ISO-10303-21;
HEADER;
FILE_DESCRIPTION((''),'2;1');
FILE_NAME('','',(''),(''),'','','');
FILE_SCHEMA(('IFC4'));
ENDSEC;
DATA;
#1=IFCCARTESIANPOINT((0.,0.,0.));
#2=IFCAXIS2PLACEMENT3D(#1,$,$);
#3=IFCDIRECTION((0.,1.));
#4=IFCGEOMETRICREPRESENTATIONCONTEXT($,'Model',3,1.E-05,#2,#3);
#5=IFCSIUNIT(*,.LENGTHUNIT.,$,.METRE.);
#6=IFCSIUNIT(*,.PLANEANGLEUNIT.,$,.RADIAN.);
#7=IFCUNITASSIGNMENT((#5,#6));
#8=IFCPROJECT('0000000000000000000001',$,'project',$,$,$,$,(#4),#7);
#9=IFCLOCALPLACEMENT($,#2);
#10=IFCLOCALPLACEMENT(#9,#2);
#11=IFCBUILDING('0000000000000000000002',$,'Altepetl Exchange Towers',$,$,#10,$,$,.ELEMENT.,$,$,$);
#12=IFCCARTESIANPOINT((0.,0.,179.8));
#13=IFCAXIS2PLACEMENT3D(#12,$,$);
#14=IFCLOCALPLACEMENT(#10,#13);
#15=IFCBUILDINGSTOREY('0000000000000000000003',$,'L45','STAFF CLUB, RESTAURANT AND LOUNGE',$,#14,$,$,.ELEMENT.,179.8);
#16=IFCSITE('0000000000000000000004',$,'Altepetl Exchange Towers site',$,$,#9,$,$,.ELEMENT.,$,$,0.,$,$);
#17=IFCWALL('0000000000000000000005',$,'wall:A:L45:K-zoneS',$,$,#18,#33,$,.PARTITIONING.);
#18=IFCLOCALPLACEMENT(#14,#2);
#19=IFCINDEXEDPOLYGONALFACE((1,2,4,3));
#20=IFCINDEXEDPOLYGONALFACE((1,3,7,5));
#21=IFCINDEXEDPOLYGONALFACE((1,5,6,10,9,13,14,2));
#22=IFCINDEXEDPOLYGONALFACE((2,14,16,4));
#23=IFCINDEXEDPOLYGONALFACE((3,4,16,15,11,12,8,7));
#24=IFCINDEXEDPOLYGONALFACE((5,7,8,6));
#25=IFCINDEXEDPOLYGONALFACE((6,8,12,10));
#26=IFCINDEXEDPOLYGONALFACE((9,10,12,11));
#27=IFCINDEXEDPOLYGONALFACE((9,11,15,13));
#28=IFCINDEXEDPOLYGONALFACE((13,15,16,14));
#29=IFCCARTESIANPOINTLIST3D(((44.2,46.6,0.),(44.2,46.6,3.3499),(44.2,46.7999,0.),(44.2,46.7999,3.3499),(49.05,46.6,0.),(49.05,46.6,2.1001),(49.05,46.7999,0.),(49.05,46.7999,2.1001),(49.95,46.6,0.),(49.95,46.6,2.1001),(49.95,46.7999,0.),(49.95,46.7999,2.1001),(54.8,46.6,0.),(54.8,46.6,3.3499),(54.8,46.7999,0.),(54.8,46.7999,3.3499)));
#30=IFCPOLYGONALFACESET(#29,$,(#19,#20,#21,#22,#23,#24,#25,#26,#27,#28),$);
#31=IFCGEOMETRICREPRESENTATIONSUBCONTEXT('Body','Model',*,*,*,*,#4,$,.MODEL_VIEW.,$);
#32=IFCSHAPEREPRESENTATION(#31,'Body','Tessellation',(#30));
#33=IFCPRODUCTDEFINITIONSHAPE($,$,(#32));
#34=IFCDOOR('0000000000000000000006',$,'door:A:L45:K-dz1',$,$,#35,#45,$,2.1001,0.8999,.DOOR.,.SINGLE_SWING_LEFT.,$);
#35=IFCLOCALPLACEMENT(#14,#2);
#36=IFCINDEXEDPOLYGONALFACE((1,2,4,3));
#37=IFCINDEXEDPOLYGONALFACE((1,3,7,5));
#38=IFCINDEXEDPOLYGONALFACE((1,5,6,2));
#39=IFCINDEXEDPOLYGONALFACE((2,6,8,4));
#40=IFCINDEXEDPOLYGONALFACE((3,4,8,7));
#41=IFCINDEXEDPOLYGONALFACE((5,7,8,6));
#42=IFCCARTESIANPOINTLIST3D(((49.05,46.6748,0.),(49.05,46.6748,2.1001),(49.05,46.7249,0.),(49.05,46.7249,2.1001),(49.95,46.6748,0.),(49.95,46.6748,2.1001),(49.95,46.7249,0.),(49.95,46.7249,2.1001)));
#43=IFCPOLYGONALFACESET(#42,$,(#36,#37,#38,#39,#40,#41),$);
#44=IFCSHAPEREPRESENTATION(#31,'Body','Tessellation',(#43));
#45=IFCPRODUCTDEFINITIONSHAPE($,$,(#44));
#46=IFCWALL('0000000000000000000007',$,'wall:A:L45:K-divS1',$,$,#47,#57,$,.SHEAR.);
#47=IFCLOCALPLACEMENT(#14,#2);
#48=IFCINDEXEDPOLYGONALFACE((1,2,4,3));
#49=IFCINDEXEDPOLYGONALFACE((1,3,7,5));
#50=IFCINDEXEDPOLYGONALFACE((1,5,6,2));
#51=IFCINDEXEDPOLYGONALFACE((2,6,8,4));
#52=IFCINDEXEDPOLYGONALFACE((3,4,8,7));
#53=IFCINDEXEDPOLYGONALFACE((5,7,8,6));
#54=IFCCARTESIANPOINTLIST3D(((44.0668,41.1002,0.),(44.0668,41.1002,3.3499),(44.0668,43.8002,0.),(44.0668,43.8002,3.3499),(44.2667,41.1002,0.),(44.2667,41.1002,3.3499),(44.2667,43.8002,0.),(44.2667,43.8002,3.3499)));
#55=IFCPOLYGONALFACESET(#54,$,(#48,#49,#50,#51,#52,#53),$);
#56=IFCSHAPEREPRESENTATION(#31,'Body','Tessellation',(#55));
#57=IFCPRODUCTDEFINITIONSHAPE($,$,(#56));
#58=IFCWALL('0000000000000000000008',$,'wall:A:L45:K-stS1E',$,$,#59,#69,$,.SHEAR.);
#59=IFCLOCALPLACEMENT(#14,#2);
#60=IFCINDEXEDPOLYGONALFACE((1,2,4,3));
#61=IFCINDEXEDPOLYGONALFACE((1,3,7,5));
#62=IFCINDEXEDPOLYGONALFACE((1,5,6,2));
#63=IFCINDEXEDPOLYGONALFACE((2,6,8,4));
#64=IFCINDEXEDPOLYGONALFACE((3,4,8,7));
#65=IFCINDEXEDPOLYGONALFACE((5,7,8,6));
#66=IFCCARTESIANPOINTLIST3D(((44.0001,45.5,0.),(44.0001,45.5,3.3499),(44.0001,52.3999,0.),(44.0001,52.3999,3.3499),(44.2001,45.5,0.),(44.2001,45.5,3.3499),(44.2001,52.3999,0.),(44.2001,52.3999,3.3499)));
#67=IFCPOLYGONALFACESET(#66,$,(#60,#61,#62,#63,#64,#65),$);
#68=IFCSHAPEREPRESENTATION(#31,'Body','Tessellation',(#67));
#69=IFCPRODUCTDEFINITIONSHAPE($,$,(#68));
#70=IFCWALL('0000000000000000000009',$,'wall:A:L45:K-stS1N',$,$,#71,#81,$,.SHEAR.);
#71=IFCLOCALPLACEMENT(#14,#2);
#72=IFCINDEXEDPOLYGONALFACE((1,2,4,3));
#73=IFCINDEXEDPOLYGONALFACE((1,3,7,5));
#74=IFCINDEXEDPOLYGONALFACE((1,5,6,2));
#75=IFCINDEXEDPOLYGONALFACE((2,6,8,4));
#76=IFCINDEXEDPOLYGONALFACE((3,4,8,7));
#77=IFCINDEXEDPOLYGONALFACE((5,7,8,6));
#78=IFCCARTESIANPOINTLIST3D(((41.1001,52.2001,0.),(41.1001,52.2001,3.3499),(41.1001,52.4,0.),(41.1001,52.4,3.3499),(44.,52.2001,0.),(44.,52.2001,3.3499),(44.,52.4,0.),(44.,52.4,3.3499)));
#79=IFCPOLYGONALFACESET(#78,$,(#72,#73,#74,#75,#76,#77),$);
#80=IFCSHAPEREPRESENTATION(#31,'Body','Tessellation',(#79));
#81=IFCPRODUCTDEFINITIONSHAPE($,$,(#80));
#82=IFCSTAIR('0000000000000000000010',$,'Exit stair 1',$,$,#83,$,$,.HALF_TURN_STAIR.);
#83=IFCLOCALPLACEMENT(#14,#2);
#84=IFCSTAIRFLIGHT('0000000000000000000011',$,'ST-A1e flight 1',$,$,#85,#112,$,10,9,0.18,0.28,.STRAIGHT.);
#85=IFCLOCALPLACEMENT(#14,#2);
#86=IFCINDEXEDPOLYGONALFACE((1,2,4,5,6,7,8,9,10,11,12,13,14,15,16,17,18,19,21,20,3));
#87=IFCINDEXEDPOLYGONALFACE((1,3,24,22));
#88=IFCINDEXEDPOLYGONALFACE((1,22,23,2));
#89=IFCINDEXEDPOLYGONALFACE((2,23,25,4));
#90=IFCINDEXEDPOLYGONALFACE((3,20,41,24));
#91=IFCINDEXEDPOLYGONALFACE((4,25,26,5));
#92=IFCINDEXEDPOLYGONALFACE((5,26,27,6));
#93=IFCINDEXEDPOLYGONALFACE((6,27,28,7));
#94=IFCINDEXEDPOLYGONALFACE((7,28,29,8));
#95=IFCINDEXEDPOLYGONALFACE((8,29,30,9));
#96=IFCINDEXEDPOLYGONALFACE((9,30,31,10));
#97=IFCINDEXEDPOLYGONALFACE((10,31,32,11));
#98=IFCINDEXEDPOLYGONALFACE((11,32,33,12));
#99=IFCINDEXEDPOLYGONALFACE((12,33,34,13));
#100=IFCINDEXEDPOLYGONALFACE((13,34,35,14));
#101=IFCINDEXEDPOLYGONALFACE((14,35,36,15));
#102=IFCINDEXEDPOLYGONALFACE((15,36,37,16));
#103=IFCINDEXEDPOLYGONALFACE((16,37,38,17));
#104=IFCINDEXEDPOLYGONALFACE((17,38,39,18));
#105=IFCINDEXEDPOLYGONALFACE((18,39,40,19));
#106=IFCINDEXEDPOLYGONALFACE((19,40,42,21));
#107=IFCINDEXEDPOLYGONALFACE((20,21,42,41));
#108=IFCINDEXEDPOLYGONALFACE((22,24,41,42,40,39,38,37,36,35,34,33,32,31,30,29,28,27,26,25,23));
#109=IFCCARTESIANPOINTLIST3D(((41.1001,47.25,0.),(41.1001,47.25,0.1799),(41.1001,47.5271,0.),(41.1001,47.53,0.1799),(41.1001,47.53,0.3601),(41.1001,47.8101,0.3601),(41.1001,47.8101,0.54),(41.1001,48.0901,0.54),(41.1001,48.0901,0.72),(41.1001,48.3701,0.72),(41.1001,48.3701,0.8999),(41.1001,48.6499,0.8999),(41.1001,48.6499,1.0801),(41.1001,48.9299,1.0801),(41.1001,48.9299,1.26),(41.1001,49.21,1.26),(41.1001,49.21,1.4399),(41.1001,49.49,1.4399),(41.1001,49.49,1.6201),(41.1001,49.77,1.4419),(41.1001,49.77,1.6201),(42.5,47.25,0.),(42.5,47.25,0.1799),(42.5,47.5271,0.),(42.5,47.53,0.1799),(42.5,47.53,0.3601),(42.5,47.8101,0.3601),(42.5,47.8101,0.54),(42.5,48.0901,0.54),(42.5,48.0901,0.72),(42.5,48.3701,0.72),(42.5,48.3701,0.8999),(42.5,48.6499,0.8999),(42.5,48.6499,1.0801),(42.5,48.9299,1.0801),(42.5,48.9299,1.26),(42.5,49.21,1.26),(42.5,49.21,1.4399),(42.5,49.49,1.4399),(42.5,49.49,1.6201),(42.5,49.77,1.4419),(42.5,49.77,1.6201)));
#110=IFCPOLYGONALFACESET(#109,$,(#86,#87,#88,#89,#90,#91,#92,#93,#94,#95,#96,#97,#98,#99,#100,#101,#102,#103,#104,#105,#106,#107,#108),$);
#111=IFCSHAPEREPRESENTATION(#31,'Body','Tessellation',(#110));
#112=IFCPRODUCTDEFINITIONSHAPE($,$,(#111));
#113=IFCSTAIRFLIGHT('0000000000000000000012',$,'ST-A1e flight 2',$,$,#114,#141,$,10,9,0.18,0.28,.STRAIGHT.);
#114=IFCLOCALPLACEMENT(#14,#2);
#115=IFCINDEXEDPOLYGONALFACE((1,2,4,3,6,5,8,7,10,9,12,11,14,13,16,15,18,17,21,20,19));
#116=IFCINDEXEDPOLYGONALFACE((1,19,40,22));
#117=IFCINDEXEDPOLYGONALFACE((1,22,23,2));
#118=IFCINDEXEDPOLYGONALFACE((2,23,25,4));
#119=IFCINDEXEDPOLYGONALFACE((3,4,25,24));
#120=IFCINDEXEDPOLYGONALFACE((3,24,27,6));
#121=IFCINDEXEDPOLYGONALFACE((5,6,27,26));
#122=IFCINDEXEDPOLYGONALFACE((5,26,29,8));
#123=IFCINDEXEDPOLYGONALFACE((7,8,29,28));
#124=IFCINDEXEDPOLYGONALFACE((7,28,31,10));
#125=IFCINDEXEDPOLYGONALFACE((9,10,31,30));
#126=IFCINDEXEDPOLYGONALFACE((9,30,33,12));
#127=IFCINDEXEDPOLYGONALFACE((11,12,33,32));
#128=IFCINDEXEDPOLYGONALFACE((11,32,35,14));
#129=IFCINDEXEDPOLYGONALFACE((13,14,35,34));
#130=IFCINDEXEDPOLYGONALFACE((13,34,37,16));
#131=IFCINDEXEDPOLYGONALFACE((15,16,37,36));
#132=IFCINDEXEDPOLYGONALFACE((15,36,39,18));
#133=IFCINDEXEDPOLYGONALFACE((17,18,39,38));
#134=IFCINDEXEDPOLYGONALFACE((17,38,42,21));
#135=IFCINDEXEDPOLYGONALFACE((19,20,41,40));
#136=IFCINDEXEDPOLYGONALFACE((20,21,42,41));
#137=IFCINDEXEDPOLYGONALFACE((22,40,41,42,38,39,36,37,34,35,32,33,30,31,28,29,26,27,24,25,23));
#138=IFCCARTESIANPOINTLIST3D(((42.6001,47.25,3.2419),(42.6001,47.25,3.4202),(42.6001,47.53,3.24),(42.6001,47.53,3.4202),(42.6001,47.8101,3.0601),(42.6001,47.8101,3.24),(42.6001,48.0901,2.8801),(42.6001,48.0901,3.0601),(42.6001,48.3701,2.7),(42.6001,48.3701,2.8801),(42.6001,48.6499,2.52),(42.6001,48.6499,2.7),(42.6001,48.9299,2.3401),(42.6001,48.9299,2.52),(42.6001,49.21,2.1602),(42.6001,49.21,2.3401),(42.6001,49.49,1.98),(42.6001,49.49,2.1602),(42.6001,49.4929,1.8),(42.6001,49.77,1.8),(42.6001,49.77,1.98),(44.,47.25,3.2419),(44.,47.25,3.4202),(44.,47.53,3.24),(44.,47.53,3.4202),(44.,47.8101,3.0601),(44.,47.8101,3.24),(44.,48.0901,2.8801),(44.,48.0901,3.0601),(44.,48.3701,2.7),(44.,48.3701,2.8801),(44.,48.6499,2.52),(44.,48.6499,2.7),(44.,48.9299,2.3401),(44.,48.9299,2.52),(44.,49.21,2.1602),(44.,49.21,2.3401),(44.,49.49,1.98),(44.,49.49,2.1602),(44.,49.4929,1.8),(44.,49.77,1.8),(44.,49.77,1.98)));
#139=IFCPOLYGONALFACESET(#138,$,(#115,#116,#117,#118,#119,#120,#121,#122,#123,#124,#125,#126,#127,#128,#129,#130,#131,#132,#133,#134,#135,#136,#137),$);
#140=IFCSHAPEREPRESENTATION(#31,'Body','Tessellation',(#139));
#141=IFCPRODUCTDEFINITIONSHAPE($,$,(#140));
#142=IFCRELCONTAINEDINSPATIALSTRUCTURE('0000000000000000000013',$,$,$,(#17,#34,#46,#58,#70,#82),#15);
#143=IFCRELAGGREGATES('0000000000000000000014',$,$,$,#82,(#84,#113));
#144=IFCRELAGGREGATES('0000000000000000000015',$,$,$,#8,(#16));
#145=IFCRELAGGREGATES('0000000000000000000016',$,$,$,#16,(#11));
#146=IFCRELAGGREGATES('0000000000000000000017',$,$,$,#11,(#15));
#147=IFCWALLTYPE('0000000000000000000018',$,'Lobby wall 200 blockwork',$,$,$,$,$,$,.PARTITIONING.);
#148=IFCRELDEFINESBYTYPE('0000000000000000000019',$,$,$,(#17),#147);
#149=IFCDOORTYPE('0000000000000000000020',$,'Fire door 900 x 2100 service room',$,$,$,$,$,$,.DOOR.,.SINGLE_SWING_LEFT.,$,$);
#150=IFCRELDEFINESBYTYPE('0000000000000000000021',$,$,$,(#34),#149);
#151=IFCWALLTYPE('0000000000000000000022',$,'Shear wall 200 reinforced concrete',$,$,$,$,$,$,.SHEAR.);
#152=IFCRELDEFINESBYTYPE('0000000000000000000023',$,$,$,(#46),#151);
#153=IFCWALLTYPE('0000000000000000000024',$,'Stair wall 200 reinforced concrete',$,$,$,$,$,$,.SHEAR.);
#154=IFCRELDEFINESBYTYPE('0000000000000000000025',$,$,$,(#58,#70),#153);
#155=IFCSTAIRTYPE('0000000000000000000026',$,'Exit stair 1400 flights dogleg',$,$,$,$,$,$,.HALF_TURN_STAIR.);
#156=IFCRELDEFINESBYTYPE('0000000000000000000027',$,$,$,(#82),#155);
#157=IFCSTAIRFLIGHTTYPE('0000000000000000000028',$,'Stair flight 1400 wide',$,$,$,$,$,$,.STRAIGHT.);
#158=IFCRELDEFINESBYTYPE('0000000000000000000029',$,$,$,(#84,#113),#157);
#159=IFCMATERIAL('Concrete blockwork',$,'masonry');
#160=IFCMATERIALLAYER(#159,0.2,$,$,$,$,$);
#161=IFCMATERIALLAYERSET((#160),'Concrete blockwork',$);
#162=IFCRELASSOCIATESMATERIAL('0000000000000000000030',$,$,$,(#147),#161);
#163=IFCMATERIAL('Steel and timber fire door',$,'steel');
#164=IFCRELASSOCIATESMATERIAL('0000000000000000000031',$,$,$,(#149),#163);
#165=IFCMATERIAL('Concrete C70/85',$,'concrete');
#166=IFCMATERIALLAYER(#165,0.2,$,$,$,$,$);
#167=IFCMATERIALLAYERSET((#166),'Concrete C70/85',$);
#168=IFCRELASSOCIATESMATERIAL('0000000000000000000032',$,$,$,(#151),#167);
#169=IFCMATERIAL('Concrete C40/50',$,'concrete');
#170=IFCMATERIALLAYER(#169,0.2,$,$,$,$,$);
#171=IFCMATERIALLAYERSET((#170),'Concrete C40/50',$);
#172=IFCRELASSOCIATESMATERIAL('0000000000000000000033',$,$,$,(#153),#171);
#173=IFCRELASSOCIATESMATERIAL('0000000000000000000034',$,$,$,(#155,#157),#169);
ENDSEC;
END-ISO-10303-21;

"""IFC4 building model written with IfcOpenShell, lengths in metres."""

from ifc_helpers import new_model, si_unit, direction, frame, frame_2d, origin, place, context, subcontext, project, spatial, polyline, rectangle, outline, extrude, material, layer, layer_set, type_object, element, fill, aggregate, save


model = new_model("IFC4")

# Units and contexts
model_context = context("Model", 3, precision=1e-05, world=origin(), true_north=direction((0.0, 1.0)))
body_context = subcontext(model_context, "Body", "Model", "MODEL_VIEW")
ifc_project = project(units=[si_unit("LENGTHUNIT", "METRE"), si_unit("PLANEANGLEUNIT", "RADIAN")], contexts=[model_context])

# Site, building, storey
site_placement = place(None, origin())
site = spatial("IfcSite", under=ifc_project, at=site_placement, Name="Altepetl Exchange Towers site", CompositionType="ELEMENT", RefElevation=0.0)
building_placement = place(site_placement, origin())
building = spatial("IfcBuilding", under=site, at=building_placement, Name="Altepetl Exchange Towers", CompositionType="ELEMENT")
storey_placement = place(building_placement, frame((0.0, 0.0, 179.8)))
storey = spatial("IfcBuildingStorey", under=building, at=storey_placement, Name="L45", Description="STAFF CLUB, RESTAURANT AND LOUNGE", CompositionType="ELEMENT", Elevation=179.8)

# Shared definitions
ifc_material_1 = material(Name="Concrete blockwork", Category="masonry")
ifc_layer_1 = layer(ifc_material_1, 0.2)
ifc_layer_set_1 = layer_set([ifc_layer_1], Name="Concrete blockwork")
wall_type_1 = type_object("IfcWallType", Name="Lobby wall 200 blockwork", PredefinedType="PARTITIONING", material=ifc_layer_set_1)

# Shared definitions
ifc_material_2 = material(Name="Steel and timber fire door", Category="steel")
door_type = type_object("IfcDoorType", Name="Fire door 900 x 2100 service room", OperationType="SINGLE_SWING_LEFT", PredefinedType="DOOR", material=ifc_material_2)

# Wall, opening, door
wall_1_placement = place(storey_placement, frame((44.2, 46.7, 0.0)))
wall_1 = element("IfcWall", 1, at=wall_1_placement, inside=storey, type_object=wall_type_1, Name="wall:A:L45:K-zoneS", PredefinedType="PARTITIONING", context=body_context, shape_type="SweptSolid", body=[
    extrude(rectangle(XDim=10.6001, YDim=0.2, at=frame_2d((5.3, 0.0))), origin(), (0.0, 0.0, 1.0), 3.3499),
])
opening_1_placement = place(wall_1_placement, frame((4.8501, 0.0, 0.0)))
opening_1 = element("IfcOpeningElement", 2, at=opening_1_placement, cuts=wall_1, PredefinedType="OPENING", context=body_context, shape_type="SweptSolid", body=[
    extrude(rectangle(XDim=0.8999, YDim=2.1001, at=frame_2d((0.45, 1.05))), frame((0.0, 0.1099, 0.0), z_axis=(0.0, -1.0, 0.0), x_axis=(1.0, 0.0, 0.0)), (0.0, 0.0, 1.0), 0.22),
])
door_1_placement = place(opening_1_placement, origin())
door_1 = element("IfcDoor", 3, at=door_1_placement, inside=storey, type_object=door_type, Name="door:A:L45:K-dz1", OperationType="SINGLE_SWING_LEFT", OverallHeight=2.1001, OverallWidth=0.8999, PredefinedType="DOOR", context=body_context, shape_type="SweptSolid", body=[
    extrude(rectangle(XDim=0.8999, YDim=2.1001, at=frame_2d((0.45, 1.05))), frame((0.0, 0.0249, 0.0), z_axis=(0.0, -1.0, 0.0), x_axis=(1.0, 0.0, 0.0)), (0.0, 0.0, 1.0), 0.05),
])
fill(opening_1, door_1)

# Walls
ifc_material_3 = material(Name="Concrete C70/85", Category="concrete")
ifc_layer_2 = layer(ifc_material_3, 0.2)
ifc_layer_set_2 = layer_set([ifc_layer_2], Name="Concrete C70/85")
wall_type_2 = type_object("IfcWallType", Name="Shear wall 200 reinforced concrete", PredefinedType="SHEAR", material=ifc_layer_set_2)
wall_2_placement = place(storey_placement, frame((44.1667, 41.1001, 0.0), z_axis=(0.0, 0.0, 1.0), x_axis=(0.0, 1.0, 0.0)))
element("IfcWall", 4, at=wall_2_placement, inside=storey, type_object=wall_type_2, Name="wall:A:L45:K-divS1", PredefinedType="SHEAR", context=body_context, shape_type="SweptSolid", body=[
    extrude(rectangle(XDim=2.7, YDim=0.2, at=frame_2d((1.3501, 0.0))), origin(), (0.0, 0.0, 1.0), 3.3499),
])
ifc_material_4 = material(Name="Concrete C40/50", Category="concrete")
ifc_layer_3 = layer(ifc_material_4, 0.2)
ifc_layer_set_3 = layer_set([ifc_layer_3], Name="Concrete C40/50")
wall_type_3 = type_object("IfcWallType", Name="Stair wall 200 reinforced concrete", PredefinedType="SHEAR", material=ifc_layer_set_3)
wall_3_placement = place(storey_placement, frame((44.1001, 45.5, 0.0), z_axis=(0.0, 0.0, 1.0), x_axis=(0.0, 1.0, 0.0)))
element("IfcWall", 5, at=wall_3_placement, inside=storey, type_object=wall_type_3, Name="wall:A:L45:K-stS1E", PredefinedType="SHEAR", context=body_context, shape_type="SweptSolid", body=[
    extrude(rectangle(XDim=6.8999, YDim=0.2, at=frame_2d((3.45, 0.0))), origin(), (0.0, 0.0, 1.0), 3.3499),
])
wall_4_placement = place(storey_placement, frame((41.1001, 52.3, 0.0)))
element("IfcWall", 6, at=wall_4_placement, inside=storey, type_object=wall_type_3, Name="wall:A:L45:K-stS1N", PredefinedType="SHEAR", context=body_context, shape_type="SweptSolid", body=[
    extrude(rectangle(XDim=2.8999, YDim=0.2, at=frame_2d((1.45, 0.0))), origin(), (0.0, 0.0, 1.0), 3.3499),
])

# Stair, stair flights
stair_type = type_object("IfcStairType", Name="Exit stair 1400 flights dogleg", PredefinedType="HALF_TURN_STAIR", material=ifc_material_4)
stair_placement = place(storey_placement, origin())
stair = element("IfcStair", 7, at=stair_placement, inside=storey, type_object=stair_type, Name="Exit stair 1", PredefinedType="HALF_TURN_STAIR")
stair_flight_type = type_object("IfcStairFlightType", Name="Stair flight 1400 wide", PredefinedType="STRAIGHT", material=ifc_material_4)
stair_flight_1_placement = place(storey_placement, frame((41.8, 47.25, 0.0), z_axis=(0.0, 0.0, 1.0), x_axis=(0.0, 1.0, 0.0)))
stair_flight_1 = element("IfcStairFlight", 8, at=stair_flight_1_placement, type_object=stair_flight_type, Name="ST-A1e flight 1", NumberOfRisers=10, NumberOfTreads=9, PredefinedType="STRAIGHT", RiserHeight=0.18, TreadLength=0.28, context=body_context, shape_type="SweptSolid", body=[
    extrude(outline(polyline([(0.0, 0.0), (0.0, 0.1799), (0.28, 0.1799), (0.28, 0.3601), (0.5601, 0.3601), (0.5601, 0.54), (0.8401, 0.54), (0.8401, 0.72), (1.1201, 0.72), (1.1201, 0.8999), (1.3999, 0.8999), (1.3999, 1.0801), (1.6799, 1.0801), (1.6799, 1.26), (1.96, 1.26), (1.96, 1.4399), (2.24, 1.4399), (2.24, 1.6201), (2.52, 1.6201), (2.52, 1.8), (2.52, 1.4419), (0.2771, 0.0), (0.0, 0.0)])), frame((0.0, 0.7, 0.0), z_axis=(0.0, -1.0, 0.0), x_axis=(1.0, 0.0, 0.0)), (0.0, 0.0, 1.0), 1.3999),
])
stair_flight_2_placement = place(storey_placement, frame((43.3, 49.77, 1.8), z_axis=(0.0, 0.0, 1.0), x_axis=(0.0, -1.0, 0.0)))
stair_flight_2 = element("IfcStairFlight", 9, at=stair_flight_2_placement, type_object=stair_flight_type, Name="ST-A1e flight 2", NumberOfRisers=10, NumberOfTreads=9, PredefinedType="STRAIGHT", RiserHeight=0.18, TreadLength=0.28, context=body_context, shape_type="SweptSolid", body=[
    extrude(outline(polyline([(0.0, 0.0), (0.0, 0.1799), (0.28, 0.1799), (0.28, 0.3601), (0.5601, 0.3601), (0.5601, 0.54), (0.8401, 0.54), (0.8401, 0.72), (1.1201, 0.72), (1.1201, 0.8999), (1.3999, 0.8999), (1.3999, 1.0801), (1.6799, 1.0801), (1.6799, 1.26), (1.96, 1.26), (1.96, 1.4399), (2.24, 1.4399), (2.24, 1.6201), (2.52, 1.6201), (2.52, 1.8), (2.52, 1.4419), (0.2771, 0.0), (0.0, 0.0)])), frame((0.0, 0.7, 0.0), z_axis=(0.0, -1.0, 0.0), x_axis=(1.0, 0.0, 0.0)), (0.0, 0.0, 1.0), 1.3999),
])
aggregate(stair, [stair_flight_1, stair_flight_2])

save(model, "model.ifc")
